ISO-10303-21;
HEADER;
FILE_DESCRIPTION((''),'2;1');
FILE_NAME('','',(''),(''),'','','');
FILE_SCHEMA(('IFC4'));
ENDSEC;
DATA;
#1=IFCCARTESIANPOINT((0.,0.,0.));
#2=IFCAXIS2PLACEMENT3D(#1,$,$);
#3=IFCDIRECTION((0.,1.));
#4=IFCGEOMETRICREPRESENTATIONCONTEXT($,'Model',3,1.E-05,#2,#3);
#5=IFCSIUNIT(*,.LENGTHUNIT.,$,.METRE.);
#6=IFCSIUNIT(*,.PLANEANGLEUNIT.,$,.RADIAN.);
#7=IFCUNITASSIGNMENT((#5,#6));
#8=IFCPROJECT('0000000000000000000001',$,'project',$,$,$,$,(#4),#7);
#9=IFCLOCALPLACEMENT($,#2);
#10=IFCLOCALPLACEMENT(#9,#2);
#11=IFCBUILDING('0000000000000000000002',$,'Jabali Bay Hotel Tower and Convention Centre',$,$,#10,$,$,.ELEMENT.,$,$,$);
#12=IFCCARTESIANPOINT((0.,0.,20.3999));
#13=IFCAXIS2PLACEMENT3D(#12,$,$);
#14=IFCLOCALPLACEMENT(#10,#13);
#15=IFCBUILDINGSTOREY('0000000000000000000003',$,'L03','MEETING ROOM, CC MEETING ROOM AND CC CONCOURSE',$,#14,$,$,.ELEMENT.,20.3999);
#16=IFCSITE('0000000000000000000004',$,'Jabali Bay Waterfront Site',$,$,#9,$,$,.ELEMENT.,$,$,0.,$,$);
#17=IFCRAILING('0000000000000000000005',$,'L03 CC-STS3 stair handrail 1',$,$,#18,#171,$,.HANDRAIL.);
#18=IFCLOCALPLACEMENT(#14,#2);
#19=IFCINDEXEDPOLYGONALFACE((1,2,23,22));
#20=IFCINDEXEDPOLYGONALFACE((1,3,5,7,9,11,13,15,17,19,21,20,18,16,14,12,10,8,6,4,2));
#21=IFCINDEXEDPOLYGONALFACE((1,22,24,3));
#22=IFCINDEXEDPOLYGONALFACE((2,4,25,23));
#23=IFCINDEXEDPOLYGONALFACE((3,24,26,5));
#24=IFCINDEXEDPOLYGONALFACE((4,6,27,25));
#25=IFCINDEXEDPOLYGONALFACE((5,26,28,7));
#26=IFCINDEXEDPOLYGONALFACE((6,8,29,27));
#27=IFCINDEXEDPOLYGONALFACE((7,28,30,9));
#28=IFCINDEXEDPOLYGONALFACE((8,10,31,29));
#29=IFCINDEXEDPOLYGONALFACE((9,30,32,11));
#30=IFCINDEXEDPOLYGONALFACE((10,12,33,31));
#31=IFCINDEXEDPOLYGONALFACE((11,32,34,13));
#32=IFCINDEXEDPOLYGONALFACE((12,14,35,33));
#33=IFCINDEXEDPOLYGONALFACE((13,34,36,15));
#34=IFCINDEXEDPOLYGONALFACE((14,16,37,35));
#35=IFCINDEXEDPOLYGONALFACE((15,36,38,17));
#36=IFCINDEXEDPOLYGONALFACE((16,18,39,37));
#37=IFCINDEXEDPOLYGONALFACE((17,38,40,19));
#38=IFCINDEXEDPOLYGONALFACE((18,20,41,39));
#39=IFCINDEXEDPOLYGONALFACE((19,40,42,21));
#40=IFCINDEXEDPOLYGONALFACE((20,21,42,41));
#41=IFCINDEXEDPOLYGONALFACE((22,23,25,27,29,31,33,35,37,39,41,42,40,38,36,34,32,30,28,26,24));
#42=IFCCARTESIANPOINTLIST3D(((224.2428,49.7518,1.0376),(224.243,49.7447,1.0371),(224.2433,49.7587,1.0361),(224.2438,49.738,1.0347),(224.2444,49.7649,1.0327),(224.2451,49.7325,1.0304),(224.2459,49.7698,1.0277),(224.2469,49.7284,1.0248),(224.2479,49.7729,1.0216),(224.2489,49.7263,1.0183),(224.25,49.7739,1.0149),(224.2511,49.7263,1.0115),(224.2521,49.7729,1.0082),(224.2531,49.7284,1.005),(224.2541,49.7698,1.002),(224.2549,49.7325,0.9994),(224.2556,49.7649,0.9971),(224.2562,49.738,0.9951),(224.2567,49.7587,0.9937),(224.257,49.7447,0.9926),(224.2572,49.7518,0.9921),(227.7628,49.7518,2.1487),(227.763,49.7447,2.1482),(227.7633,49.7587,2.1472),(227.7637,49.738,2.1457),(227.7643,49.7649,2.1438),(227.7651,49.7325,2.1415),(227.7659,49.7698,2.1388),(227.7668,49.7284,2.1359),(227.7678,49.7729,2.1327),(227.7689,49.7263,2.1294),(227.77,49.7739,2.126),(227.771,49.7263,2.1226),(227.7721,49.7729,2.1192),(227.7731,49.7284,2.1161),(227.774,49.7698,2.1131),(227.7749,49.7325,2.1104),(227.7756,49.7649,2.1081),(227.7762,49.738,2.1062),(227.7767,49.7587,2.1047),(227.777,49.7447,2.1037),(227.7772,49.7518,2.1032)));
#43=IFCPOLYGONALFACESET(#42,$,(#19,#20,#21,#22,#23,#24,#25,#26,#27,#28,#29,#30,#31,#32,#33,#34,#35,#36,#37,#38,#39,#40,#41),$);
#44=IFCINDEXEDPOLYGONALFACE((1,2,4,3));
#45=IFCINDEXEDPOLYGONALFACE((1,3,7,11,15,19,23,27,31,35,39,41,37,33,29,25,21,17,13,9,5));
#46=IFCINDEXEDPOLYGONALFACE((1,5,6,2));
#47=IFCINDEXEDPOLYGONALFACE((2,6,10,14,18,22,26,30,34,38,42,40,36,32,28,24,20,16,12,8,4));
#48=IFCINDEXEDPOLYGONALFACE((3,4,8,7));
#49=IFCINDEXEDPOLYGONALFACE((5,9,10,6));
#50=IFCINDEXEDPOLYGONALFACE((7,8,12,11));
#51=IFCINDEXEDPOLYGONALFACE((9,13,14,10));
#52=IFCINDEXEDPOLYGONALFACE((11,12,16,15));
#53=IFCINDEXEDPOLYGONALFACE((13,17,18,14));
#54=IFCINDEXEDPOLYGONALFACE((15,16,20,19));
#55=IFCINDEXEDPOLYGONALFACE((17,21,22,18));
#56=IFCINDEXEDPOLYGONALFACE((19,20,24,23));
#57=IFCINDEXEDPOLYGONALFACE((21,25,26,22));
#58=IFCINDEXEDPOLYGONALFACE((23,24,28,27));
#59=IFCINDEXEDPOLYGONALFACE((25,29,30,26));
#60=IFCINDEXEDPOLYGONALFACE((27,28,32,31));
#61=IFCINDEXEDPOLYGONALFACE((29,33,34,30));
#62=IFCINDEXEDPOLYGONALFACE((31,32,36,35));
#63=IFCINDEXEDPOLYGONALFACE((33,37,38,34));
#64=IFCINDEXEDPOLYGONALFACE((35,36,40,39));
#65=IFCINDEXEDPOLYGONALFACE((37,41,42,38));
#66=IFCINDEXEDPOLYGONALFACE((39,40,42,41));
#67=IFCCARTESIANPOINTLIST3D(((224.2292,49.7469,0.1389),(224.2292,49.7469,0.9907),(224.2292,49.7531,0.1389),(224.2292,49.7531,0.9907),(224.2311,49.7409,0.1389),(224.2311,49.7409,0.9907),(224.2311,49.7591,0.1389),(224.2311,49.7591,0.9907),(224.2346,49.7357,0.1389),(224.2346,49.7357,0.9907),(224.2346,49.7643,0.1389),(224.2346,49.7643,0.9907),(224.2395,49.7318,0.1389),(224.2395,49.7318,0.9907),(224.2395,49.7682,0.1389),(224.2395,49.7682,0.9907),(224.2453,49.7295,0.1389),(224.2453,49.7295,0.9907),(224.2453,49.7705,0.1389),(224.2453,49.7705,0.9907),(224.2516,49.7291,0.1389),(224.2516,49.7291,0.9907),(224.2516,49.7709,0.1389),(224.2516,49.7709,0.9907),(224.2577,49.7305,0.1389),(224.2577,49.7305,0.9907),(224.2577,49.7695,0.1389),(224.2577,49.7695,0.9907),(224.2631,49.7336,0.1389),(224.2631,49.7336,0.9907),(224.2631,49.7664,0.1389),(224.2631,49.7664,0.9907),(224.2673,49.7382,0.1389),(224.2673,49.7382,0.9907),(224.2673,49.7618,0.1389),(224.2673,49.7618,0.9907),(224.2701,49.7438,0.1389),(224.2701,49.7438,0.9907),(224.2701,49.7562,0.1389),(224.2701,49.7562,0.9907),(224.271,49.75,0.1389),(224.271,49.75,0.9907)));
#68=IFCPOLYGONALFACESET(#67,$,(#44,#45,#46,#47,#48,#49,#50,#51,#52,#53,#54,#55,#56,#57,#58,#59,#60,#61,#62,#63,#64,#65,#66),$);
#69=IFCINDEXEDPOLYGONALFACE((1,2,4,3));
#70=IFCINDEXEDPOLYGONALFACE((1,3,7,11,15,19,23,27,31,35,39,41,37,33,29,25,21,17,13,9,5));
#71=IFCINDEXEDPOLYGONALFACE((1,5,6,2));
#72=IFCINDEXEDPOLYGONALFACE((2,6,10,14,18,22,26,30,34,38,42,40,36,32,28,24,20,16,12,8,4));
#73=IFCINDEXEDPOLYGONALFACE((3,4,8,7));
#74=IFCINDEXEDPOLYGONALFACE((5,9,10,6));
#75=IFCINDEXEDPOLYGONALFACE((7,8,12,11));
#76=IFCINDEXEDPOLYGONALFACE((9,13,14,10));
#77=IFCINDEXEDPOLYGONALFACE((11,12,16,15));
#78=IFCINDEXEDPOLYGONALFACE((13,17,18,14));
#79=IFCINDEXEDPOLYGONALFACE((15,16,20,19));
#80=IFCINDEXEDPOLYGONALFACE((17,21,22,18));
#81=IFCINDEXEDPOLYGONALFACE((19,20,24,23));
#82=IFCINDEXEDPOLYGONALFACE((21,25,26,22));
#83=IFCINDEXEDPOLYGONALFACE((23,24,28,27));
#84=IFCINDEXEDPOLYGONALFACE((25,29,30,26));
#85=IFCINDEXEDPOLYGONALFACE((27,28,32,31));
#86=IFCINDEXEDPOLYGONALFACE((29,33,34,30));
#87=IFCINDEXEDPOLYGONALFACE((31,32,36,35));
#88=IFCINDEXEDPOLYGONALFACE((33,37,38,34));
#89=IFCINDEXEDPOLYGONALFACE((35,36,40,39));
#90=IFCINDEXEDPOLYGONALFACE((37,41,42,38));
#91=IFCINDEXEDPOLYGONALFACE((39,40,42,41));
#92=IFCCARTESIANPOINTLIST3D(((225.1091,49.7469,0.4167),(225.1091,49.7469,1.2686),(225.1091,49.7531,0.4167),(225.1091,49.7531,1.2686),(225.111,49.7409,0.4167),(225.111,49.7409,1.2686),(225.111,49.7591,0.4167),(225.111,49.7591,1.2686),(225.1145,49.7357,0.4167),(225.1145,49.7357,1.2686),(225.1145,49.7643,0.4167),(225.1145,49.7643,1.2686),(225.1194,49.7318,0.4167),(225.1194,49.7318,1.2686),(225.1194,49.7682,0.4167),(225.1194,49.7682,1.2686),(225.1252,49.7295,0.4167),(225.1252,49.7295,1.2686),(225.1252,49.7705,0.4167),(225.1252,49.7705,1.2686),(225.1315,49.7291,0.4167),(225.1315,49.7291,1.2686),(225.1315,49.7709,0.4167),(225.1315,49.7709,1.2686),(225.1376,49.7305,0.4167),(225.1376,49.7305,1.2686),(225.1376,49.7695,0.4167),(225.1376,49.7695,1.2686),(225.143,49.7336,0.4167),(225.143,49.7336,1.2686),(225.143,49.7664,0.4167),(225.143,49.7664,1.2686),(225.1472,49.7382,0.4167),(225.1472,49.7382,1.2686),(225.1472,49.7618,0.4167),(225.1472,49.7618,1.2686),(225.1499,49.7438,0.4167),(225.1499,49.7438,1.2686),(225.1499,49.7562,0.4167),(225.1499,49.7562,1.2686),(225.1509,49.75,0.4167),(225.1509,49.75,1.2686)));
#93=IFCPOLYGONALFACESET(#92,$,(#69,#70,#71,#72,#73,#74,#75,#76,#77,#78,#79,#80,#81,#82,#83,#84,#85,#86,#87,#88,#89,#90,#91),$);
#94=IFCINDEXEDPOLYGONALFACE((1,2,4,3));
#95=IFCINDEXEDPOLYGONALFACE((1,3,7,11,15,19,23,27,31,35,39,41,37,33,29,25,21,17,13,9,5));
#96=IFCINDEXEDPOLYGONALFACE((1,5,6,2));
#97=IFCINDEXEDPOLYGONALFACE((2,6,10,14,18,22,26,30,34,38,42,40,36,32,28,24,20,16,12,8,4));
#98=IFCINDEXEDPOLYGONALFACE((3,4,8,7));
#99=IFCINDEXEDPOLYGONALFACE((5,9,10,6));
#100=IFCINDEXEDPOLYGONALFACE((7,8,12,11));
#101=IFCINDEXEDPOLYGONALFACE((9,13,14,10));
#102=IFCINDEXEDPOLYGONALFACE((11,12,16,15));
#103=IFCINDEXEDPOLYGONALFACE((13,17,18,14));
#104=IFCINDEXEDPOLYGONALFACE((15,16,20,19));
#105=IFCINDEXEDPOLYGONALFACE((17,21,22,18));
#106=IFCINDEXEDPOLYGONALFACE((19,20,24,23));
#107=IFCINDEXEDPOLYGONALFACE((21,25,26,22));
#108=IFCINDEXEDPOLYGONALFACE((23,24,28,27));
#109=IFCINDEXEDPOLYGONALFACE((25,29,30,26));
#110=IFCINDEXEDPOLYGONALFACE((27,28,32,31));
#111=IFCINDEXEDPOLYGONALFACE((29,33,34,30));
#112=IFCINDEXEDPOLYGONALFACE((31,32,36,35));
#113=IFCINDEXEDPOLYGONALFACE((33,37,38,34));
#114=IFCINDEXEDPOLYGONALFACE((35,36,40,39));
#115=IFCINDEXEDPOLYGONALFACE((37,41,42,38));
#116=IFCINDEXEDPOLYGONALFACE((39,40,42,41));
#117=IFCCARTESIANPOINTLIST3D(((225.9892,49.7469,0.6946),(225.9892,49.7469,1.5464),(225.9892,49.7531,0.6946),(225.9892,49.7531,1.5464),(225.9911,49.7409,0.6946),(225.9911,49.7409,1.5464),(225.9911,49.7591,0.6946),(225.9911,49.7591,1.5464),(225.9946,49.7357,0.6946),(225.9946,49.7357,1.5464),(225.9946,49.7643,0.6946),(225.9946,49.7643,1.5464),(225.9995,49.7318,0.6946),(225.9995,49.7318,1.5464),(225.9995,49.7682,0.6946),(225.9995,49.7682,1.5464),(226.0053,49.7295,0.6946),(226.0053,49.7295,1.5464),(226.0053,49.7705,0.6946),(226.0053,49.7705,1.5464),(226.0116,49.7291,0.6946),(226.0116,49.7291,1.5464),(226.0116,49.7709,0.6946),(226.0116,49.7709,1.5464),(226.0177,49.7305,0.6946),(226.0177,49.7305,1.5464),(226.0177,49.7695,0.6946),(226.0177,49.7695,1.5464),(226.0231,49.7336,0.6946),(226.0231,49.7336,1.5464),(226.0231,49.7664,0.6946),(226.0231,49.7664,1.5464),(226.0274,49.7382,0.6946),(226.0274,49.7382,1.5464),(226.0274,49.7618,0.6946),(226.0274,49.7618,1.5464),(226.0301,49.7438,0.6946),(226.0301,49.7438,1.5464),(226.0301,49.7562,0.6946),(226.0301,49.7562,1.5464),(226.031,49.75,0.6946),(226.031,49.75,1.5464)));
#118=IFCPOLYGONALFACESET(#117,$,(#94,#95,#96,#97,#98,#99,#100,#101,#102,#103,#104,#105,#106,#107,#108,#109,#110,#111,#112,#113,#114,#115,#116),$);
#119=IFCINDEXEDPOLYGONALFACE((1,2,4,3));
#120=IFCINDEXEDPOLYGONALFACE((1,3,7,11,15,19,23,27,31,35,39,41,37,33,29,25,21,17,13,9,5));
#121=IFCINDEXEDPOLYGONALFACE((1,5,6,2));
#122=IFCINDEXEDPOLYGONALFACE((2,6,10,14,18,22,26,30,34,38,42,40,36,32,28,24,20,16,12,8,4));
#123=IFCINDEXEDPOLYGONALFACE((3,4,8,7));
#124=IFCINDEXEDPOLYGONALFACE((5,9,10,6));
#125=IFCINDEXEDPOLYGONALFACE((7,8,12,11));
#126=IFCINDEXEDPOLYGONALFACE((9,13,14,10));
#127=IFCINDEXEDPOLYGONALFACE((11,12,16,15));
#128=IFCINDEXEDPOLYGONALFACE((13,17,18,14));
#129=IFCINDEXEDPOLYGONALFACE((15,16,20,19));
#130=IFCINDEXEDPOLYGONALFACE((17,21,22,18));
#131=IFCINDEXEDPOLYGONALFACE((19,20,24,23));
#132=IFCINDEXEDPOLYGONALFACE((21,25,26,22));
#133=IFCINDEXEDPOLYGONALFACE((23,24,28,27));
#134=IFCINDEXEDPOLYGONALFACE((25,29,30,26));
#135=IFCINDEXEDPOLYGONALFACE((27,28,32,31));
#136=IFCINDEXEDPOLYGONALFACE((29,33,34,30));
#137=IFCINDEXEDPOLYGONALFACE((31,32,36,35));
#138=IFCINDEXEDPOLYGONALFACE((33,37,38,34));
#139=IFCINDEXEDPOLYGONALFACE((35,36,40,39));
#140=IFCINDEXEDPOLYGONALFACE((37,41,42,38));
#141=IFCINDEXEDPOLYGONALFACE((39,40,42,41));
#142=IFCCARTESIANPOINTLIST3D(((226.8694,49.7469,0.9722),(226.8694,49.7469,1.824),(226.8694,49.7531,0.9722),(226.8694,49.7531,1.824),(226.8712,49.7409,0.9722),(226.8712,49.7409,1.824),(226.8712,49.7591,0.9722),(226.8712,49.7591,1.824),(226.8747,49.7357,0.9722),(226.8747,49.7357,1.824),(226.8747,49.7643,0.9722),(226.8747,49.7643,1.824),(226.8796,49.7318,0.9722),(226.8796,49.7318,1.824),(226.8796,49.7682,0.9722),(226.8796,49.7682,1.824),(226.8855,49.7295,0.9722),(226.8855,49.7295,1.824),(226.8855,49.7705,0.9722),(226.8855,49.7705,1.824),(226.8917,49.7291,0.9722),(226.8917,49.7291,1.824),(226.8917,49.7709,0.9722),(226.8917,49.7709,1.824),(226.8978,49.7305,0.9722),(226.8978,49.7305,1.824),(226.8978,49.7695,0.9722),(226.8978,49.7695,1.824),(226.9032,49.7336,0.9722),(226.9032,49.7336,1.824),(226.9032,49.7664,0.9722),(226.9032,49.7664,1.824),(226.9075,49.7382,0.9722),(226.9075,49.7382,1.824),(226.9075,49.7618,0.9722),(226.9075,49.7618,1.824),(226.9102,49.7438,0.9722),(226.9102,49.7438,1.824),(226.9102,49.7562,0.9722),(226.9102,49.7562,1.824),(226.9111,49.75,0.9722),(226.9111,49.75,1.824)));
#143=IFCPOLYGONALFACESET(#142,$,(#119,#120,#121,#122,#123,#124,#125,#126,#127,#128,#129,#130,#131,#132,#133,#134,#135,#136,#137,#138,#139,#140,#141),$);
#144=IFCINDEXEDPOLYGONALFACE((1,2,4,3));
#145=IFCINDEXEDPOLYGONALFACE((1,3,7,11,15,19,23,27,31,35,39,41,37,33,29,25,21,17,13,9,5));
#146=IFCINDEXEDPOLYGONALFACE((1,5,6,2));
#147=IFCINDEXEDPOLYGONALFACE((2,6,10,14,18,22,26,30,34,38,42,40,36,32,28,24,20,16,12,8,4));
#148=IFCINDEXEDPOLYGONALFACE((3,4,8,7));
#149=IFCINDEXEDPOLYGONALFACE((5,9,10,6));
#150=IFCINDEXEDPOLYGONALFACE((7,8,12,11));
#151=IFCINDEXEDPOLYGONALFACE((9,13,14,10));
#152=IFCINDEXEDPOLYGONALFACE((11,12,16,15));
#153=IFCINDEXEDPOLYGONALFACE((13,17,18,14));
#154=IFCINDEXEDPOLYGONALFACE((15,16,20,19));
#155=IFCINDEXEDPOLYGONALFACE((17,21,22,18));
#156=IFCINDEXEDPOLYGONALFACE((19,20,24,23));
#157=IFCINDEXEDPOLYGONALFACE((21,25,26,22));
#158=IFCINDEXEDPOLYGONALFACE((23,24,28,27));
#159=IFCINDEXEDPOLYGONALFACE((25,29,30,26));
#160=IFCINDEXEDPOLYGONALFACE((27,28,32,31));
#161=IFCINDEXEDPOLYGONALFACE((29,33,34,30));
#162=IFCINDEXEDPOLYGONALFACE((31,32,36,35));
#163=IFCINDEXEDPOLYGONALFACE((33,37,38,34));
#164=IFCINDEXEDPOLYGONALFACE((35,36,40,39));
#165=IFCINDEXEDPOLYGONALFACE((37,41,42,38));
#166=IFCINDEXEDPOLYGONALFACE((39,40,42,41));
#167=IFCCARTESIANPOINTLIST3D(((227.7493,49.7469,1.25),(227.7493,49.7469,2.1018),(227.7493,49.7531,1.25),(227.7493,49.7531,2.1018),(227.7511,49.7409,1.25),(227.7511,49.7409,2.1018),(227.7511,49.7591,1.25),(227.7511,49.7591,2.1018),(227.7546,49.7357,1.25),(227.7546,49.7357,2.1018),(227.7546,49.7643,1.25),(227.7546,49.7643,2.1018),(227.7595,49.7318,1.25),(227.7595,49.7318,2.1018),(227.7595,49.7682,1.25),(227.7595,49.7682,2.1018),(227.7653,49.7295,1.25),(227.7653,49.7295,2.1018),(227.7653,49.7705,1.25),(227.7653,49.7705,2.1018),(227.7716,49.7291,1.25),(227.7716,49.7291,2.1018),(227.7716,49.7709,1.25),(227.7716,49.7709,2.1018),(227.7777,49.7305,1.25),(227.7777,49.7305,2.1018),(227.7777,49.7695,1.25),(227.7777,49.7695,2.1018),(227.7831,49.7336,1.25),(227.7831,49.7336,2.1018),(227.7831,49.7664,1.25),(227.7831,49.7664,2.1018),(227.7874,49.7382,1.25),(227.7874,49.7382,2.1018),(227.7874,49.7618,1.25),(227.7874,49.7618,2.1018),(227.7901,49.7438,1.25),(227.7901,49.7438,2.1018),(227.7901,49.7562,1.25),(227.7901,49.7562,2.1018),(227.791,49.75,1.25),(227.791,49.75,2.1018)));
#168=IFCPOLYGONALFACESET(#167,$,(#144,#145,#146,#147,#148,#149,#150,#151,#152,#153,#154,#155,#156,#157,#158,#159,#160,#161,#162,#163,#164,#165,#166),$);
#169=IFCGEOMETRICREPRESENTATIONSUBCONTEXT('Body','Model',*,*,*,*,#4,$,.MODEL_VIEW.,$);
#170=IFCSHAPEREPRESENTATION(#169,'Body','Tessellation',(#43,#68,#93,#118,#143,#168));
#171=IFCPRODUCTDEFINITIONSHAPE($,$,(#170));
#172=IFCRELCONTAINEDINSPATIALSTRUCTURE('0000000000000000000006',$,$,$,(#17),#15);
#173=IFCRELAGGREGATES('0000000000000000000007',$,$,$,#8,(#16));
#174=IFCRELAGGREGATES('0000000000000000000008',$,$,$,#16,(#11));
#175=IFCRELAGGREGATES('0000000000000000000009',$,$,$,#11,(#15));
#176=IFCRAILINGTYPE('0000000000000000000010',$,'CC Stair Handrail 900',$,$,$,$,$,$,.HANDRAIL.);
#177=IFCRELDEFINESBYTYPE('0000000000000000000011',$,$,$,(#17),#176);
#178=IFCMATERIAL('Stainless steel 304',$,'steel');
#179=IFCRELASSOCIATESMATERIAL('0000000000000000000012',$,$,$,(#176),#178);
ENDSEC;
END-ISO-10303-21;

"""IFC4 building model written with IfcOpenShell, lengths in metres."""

from ifc_helpers import new_model, si_unit, direction, frame, origin, origin_2d, place, context, subcontext, project, spatial, circle, extrude, material, type_object, element, save


model = new_model("IFC4")

# Units and contexts
model_context = context("Model", 3, precision=1e-05, world=origin(), true_north=direction((0.0, 1.0)))
body_context = subcontext(model_context, "Body", "Model", "MODEL_VIEW")
ifc_project = project(units=[si_unit("LENGTHUNIT", "METRE"), si_unit("PLANEANGLEUNIT", "RADIAN")], contexts=[model_context])

# Site, building, storey
site_placement = place(None, origin())
site = spatial("IfcSite", under=ifc_project, at=site_placement, Name="Jabali Bay Waterfront Site", CompositionType="ELEMENT", RefElevation=0.0)
building_placement = place(site_placement, origin())
building = spatial("IfcBuilding", under=site, at=building_placement, Name="Jabali Bay Hotel Tower and Convention Centre", CompositionType="ELEMENT")
storey_placement = place(building_placement, frame((0.0, 0.0, 20.3999)))
storey = spatial("IfcBuildingStorey", under=building, at=storey_placement, Name="L03", Description="MEETING ROOM, CC MEETING ROOM AND CC CONCOURSE", CompositionType="ELEMENT", Elevation=20.3999)

# Railing
ifc_material_1 = material(Name="Stainless steel 304", Category="steel")
railing_type_1 = type_object("IfcRailingType", Name="CC Stair Handrail 900", PredefinedType="HANDRAIL", material=ifc_material_1)
for number, where, name in (
    (1, (224.25, 49.75, 0.1389), "L03 CC-STS3 stair handrail 1"),
):
    element("IfcRailing", number, at=place(storey_placement, frame(where)), inside=storey, type_object=railing_type_1, Name=name, PredefinedType="HANDRAIL", context=body_context, shape_type="SweptSolid", body=[
        extrude(circle(Radius=0.0239, at=origin_2d()), frame((0.0, 0.0, 0.876), z_axis=(0.953622, 0.0, 0.301008), x_axis=(0.0, 1.0, 0.0)), (0.0, 0.0, 1.0), 3.6912),
        extrude(circle(Radius=0.021, at=origin_2d()), origin(), (0.0, 0.0, 1.0), 0.8518),
        extrude(circle(Radius=0.021, at=origin_2d()), frame((0.8799, 0.0, 0.2778)), (0.0, 0.0, 1.0), 0.8518),
        extrude(circle(Radius=0.021, at=origin_2d()), frame((1.76, 0.0, 0.5557)), (0.0, 0.0, 1.0), 0.8518),
        extrude(circle(Radius=0.021, at=origin_2d()), frame((2.6401, 0.0, 0.8333)), (0.0, 0.0, 1.0), 0.8518),
        extrude(circle(Radius=0.021, at=origin_2d()), frame((3.52, 0.0, 1.1111)), (0.0, 0.0, 1.0), 0.8518),
    ])

save(model, "model.ifc")
